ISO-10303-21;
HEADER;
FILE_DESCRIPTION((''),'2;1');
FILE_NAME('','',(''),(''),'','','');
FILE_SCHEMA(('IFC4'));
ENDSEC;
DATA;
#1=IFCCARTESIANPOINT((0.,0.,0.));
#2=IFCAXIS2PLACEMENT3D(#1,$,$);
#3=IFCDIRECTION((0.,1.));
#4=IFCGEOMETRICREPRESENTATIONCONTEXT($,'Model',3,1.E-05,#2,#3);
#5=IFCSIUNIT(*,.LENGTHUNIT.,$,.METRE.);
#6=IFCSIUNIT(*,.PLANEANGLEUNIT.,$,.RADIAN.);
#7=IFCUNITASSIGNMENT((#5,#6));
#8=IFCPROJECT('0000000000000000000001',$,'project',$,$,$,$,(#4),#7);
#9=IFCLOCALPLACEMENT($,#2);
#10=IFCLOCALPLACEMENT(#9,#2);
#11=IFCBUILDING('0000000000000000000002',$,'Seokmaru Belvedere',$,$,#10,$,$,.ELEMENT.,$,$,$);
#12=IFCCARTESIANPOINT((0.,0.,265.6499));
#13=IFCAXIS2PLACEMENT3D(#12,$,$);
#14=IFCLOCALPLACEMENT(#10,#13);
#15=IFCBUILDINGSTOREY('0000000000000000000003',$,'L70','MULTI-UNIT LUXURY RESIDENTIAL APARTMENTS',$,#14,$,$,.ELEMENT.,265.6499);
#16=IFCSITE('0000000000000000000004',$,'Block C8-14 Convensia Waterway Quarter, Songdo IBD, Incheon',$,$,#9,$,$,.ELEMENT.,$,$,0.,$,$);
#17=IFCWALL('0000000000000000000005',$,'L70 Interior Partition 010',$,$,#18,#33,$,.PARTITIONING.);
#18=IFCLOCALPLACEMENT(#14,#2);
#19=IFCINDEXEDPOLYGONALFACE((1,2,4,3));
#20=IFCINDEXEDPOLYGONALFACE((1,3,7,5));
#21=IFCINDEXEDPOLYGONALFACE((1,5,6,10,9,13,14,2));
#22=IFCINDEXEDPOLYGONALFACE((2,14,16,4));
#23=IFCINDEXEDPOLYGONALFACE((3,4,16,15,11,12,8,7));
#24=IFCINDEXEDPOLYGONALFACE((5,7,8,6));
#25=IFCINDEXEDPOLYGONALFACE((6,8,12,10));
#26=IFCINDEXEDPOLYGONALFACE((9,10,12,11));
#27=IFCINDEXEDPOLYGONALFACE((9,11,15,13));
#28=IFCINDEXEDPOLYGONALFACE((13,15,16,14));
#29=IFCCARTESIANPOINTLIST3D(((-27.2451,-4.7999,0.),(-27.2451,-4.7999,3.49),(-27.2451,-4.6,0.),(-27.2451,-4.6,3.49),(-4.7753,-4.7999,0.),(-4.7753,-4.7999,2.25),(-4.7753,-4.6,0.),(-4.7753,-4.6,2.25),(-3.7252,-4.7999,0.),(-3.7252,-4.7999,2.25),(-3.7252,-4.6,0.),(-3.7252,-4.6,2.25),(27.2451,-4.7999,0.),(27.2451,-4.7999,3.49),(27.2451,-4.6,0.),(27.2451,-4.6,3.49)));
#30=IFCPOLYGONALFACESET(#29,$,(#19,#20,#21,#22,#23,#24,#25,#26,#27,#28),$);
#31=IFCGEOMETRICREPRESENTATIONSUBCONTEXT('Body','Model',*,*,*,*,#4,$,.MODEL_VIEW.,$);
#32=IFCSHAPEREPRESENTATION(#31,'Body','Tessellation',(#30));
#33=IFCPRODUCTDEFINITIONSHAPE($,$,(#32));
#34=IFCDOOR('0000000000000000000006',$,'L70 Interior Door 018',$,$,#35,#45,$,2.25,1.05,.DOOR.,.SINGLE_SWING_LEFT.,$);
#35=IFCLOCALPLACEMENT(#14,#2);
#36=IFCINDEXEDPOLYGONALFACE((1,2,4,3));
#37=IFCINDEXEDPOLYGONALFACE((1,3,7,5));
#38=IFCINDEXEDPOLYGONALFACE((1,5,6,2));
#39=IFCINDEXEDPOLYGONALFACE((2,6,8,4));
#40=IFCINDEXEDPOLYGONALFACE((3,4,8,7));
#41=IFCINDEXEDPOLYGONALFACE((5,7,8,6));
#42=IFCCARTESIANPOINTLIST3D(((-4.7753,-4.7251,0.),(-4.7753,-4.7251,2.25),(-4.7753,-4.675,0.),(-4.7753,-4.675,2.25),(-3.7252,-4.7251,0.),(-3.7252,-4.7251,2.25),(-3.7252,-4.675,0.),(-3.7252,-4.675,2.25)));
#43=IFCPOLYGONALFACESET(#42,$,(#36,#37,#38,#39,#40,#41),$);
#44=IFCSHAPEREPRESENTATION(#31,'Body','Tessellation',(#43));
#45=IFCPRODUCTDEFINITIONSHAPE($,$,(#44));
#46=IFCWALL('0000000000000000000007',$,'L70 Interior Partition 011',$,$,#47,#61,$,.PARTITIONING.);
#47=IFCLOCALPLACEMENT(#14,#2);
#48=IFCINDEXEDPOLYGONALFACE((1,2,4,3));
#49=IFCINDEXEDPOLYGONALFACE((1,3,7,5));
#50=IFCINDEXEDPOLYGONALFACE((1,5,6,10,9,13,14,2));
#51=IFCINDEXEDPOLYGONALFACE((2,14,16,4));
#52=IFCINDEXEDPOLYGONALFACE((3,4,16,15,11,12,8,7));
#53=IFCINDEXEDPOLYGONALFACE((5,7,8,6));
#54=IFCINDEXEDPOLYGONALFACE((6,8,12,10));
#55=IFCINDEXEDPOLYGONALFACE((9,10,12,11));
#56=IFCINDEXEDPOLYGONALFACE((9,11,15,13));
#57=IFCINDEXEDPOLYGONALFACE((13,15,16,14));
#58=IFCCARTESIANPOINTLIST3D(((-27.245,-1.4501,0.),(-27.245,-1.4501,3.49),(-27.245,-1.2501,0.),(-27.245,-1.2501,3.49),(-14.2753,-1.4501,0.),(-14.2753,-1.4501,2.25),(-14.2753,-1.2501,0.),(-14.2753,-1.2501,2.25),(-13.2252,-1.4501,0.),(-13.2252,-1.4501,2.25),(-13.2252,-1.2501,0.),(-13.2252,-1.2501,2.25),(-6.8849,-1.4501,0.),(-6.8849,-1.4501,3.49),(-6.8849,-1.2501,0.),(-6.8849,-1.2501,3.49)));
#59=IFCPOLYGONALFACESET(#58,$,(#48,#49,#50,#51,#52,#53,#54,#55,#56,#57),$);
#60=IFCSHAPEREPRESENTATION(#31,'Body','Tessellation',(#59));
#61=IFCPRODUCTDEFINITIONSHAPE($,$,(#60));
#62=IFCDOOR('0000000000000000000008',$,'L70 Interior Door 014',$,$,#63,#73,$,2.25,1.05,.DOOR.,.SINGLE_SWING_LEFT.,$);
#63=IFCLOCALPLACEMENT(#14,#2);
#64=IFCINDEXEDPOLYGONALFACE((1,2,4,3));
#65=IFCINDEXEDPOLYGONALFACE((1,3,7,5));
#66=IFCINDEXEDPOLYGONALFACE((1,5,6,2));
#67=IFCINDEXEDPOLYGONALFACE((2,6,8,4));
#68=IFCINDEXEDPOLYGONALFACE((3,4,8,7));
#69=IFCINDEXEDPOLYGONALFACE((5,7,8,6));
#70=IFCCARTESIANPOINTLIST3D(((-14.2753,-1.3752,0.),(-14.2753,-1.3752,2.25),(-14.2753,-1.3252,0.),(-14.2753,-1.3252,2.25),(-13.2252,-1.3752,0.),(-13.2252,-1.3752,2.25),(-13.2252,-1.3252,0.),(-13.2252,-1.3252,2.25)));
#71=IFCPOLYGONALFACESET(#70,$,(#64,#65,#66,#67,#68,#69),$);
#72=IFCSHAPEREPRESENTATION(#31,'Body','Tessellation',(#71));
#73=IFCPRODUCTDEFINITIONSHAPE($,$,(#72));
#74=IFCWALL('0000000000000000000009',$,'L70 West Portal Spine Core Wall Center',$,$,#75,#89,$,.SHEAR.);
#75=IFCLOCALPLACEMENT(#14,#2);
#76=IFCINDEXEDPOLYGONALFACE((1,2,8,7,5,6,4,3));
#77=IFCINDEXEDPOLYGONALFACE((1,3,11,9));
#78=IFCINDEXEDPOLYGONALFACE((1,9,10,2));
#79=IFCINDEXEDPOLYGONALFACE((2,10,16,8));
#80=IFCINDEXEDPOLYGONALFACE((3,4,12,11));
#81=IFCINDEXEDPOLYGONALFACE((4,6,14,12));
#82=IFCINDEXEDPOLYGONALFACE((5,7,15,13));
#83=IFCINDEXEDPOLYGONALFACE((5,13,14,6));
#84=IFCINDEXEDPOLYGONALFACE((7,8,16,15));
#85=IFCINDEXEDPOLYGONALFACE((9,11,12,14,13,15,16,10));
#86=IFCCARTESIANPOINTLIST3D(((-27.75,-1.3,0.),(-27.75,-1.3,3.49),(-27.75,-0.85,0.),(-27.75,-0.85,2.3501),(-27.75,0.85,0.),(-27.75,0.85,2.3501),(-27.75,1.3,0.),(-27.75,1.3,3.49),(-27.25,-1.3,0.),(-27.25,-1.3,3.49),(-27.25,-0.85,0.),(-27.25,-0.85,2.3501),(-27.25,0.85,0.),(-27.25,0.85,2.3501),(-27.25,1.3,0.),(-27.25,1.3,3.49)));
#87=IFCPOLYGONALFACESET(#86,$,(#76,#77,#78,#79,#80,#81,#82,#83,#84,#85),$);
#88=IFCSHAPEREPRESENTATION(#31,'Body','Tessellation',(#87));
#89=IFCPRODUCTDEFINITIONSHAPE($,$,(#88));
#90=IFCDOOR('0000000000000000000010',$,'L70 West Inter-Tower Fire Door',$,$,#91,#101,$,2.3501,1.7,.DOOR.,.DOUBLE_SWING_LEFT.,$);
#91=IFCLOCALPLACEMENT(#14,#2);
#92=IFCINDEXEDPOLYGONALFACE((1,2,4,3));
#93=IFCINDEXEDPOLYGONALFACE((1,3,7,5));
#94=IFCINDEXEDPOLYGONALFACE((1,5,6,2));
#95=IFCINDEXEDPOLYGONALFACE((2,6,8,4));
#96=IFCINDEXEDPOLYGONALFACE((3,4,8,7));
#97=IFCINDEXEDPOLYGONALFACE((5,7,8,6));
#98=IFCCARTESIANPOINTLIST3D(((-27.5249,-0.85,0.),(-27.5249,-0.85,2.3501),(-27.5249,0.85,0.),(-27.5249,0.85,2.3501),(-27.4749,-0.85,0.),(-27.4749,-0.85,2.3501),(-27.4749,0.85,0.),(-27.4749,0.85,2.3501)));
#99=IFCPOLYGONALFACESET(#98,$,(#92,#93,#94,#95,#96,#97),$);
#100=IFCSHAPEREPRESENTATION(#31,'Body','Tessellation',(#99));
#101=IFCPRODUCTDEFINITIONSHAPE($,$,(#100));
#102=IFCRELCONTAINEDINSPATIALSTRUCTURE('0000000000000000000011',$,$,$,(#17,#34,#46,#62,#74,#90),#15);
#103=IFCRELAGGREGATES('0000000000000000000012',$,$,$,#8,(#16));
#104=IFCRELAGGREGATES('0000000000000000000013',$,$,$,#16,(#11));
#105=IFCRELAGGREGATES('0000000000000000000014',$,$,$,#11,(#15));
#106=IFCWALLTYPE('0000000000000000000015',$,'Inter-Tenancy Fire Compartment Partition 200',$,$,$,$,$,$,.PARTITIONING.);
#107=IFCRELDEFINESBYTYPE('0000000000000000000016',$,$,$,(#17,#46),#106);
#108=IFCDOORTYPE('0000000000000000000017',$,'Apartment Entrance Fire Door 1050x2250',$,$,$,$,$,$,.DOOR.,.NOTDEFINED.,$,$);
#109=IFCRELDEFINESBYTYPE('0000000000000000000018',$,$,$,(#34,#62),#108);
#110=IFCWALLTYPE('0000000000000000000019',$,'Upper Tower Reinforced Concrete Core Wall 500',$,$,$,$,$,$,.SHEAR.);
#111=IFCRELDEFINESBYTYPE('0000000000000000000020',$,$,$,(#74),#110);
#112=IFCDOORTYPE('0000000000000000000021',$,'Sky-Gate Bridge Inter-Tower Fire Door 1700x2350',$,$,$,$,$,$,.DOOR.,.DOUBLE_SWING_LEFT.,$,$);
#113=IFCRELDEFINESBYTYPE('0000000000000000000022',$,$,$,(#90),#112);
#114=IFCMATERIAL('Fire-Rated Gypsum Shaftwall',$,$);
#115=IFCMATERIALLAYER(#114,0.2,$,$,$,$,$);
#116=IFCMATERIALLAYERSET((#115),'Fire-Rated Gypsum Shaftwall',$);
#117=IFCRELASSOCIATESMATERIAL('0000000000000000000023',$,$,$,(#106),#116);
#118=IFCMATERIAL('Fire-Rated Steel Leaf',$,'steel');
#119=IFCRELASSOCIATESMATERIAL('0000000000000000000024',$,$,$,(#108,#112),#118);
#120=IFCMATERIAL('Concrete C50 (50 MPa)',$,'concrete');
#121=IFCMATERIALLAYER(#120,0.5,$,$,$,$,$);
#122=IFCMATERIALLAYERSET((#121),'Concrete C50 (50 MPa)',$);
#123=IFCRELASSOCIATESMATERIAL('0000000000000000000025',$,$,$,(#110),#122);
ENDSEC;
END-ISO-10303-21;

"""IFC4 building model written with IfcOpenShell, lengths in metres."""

from ifc_helpers import new_model, si_unit, direction, frame, frame_2d, origin, place, context, subcontext, project, spatial, rectangle, extrude, source, transform, mapped, material, layer, layer_set, type_object, type_shapes, element, fill, save


model = new_model("IFC4")

# Units and contexts
model_context = context("Model", 3, precision=1e-05, world=origin(), true_north=direction((0.0, 1.0)))
body_context = subcontext(model_context, "Body", "Model", "MODEL_VIEW")
ifc_project = project(units=[si_unit("LENGTHUNIT", "METRE"), si_unit("PLANEANGLEUNIT", "RADIAN")], contexts=[model_context])

# Site, building, storey
site_placement = place(None, origin())
site = spatial("IfcSite", under=ifc_project, at=site_placement, Name="Block C8-14 Convensia Waterway Quarter, Songdo IBD, Incheon", CompositionType="ELEMENT", RefElevation=0.0)
building_placement = place(site_placement, origin())
building = spatial("IfcBuilding", under=site, at=building_placement, Name="Seokmaru Belvedere", CompositionType="ELEMENT")
storey_placement = place(building_placement, frame((0.0, 0.0, 265.6499)))
storey = spatial("IfcBuildingStorey", under=building, at=storey_placement, Name="L70", Description="MULTI-UNIT LUXURY RESIDENTIAL APARTMENTS", CompositionType="ELEMENT", Elevation=265.6499)

# Shared definitions
ifc_material_1 = material(Name="Fire-Rated Gypsum Shaftwall")

# Walls, openings, doors
ifc_layer_1 = layer(ifc_material_1, 0.2)
ifc_layer_set_1 = layer_set([ifc_layer_1], Name="Fire-Rated Gypsum Shaftwall")
wall_type_1 = type_object("IfcWallType", Name="Inter-Tenancy Fire Compartment Partition 200", PredefinedType="PARTITIONING", material=ifc_layer_set_1)
wall_1_placement = place(storey_placement, frame((-27.2451, -4.7, 0.0), z_axis=(0.0, 0.0, 1.0), x_axis=(1.0, 0.0, 0.0)))
wall_1 = element("IfcWall", 1, at=wall_1_placement, inside=storey, type_object=wall_type_1, Name="L70 Interior Partition 010", PredefinedType="PARTITIONING", context=body_context, shape_type="SweptSolid", body=[
    extrude(rectangle(XDim=54.4902, YDim=0.2, at=frame_2d((27.2451, 0.0))), origin(), (0.0, 0.0, 1.0), 3.49),
])
opening_1_placement = place(wall_1_placement, frame((22.47, 0.0, 0.0)))
opening_1 = element("IfcOpeningElement", 2, at=opening_1_placement, cuts=wall_1, PredefinedType="OPENING", context=body_context, shape_type="SweptSolid", body=[
    extrude(rectangle(XDim=1.05, YDim=2.25, at=frame_2d((0.5249, 1.125))), frame((0.0, 0.1099, 0.0), z_axis=(0.0, -1.0, 0.0), x_axis=(1.0, 0.0, 0.0)), (0.0, 0.0, 1.0), 0.22),
])
ifc_material_2 = material(Name="Fire-Rated Steel Leaf", Category="steel")
door_type_1 = type_object("IfcDoorType", Name="Apartment Entrance Fire Door 1050x2250", OperationType="NOTDEFINED", PredefinedType="DOOR", material=ifc_material_2)
shared_shape_1 = source(origin(), body_context, "Body", "SweptSolid", [
    extrude(rectangle(XDim=1.05, YDim=2.25, at=frame_2d((0.5249, 1.125))), frame((0.0, 0.0249, 0.0), z_axis=(0.0, -1.0, 0.0), x_axis=(1.0, 0.0, 0.0)), (0.0, 0.0, 1.0), 0.05),
])
type_shapes(door_type_1, [shared_shape_1])
door_1_placement = place(opening_1_placement, origin())
door_1 = element("IfcDoor", 3, at=door_1_placement, inside=storey, type_object=door_type_1, Name="L70 Interior Door 018", OperationType="SINGLE_SWING_LEFT", OverallHeight=2.25, OverallWidth=1.05, PredefinedType="DOOR", context=body_context, shape_type="MappedRepresentation", body=[
    mapped(shared_shape_1, transform((0.0, 0.0, 0.0), scale=1.0)),
])
fill(opening_1, door_1)
wall_2_placement = place(storey_placement, frame((-27.2451, -1.3501, 0.0), z_axis=(0.0, 0.0, 1.0), x_axis=(1.0, 0.0, 0.0)))
wall_2 = element("IfcWall", 4, at=wall_2_placement, inside=storey, type_object=wall_type_1, Name="L70 Interior Partition 011", PredefinedType="PARTITIONING", context=body_context, shape_type="SweptSolid", body=[
    extrude(rectangle(XDim=20.3601, YDim=0.2, at=frame_2d((10.1802, 0.0))), origin(), (0.0, 0.0, 1.0), 3.49),
])
opening_2_placement = place(wall_2_placement, frame((12.97, 0.0, 0.0)))
opening_2 = element("IfcOpeningElement", 5, at=opening_2_placement, cuts=wall_2, PredefinedType="OPENING", context=body_context, shape_type="SweptSolid", body=[
    extrude(rectangle(XDim=1.05, YDim=2.25, at=frame_2d((0.5249, 1.125))), frame((0.0, 0.1099, 0.0), z_axis=(0.0, -1.0, 0.0), x_axis=(1.0, 0.0, 0.0)), (0.0, 0.0, 1.0), 0.22),
])
door_2_placement = place(opening_2_placement, origin())
door_2 = element("IfcDoor", 6, at=door_2_placement, inside=storey, type_object=door_type_1, Name="L70 Interior Door 014", OperationType="SINGLE_SWING_LEFT", OverallHeight=2.25, OverallWidth=1.05, PredefinedType="DOOR", context=body_context, shape_type="MappedRepresentation", body=[
    mapped(shared_shape_1, transform((0.0, 0.0, 0.0), scale=1.0)),
])
fill(opening_2, door_2)
ifc_material_3 = material(Name="Concrete C50 (50 MPa)", Category="concrete")
ifc_layer_2 = layer(ifc_material_3, 0.5)
ifc_layer_set_2 = layer_set([ifc_layer_2], Name="Concrete C50 (50 MPa)")
wall_type_2 = type_object("IfcWallType", Name="Upper Tower Reinforced Concrete Core Wall 500", PredefinedType="SHEAR", material=ifc_layer_set_2)
wall_3_placement = place(storey_placement, frame((-27.5, -1.3, 0.0), z_axis=(0.0, 0.0, 1.0), x_axis=(0.0, 1.0, 0.0)))
wall_3 = element("IfcWall", 7, at=wall_3_placement, inside=storey, type_object=wall_type_2, Name="L70 West Portal Spine Core Wall Center", PredefinedType="SHEAR", context=body_context, shape_type="SweptSolid", body=[
    extrude(rectangle(XDim=2.6001, YDim=0.5, at=frame_2d((1.3, 0.0))), origin(), (0.0, 0.0, 1.0), 3.49),
])
opening_3_placement = place(wall_3_placement, frame((0.45, 0.0, 0.0)))
opening_3 = element("IfcOpeningElement", 8, at=opening_3_placement, cuts=wall_3, PredefinedType="OPENING", context=body_context, shape_type="SweptSolid", body=[
    extrude(rectangle(XDim=1.7, YDim=2.3501, at=frame_2d((0.8501, 1.175))), frame((0.0, 0.26, 0.0), z_axis=(0.0, -1.0, 0.0), x_axis=(1.0, 0.0, 0.0)), (0.0, 0.0, 1.0), 0.52),
])
door_type_2 = type_object("IfcDoorType", Name="Sky-Gate Bridge Inter-Tower Fire Door 1700x2350", OperationType="DOUBLE_SWING_LEFT", PredefinedType="DOOR", material=ifc_material_2)
shared_shape_2 = source(origin(), body_context, "Body", "SweptSolid", [
    extrude(rectangle(XDim=1.7, YDim=2.3501, at=frame_2d((0.8501, 1.175))), frame((0.0, 0.0249, 0.0), z_axis=(0.0, -1.0, 0.0), x_axis=(1.0, 0.0, 0.0)), (0.0, 0.0, 1.0), 0.05),
])
type_shapes(door_type_2, [shared_shape_2])
door_3_placement = place(opening_3_placement, origin())
door_3 = element("IfcDoor", 9, at=door_3_placement, inside=storey, type_object=door_type_2, Name="L70 West Inter-Tower Fire Door", OperationType="DOUBLE_SWING_LEFT", OverallHeight=2.3501, OverallWidth=1.7, PredefinedType="DOOR", context=body_context, shape_type="MappedRepresentation", body=[
    mapped(shared_shape_2, transform((0.0, 0.0, 0.0), scale=1.0)),
])
fill(opening_3, door_3)

save(model, "model.ifc")
